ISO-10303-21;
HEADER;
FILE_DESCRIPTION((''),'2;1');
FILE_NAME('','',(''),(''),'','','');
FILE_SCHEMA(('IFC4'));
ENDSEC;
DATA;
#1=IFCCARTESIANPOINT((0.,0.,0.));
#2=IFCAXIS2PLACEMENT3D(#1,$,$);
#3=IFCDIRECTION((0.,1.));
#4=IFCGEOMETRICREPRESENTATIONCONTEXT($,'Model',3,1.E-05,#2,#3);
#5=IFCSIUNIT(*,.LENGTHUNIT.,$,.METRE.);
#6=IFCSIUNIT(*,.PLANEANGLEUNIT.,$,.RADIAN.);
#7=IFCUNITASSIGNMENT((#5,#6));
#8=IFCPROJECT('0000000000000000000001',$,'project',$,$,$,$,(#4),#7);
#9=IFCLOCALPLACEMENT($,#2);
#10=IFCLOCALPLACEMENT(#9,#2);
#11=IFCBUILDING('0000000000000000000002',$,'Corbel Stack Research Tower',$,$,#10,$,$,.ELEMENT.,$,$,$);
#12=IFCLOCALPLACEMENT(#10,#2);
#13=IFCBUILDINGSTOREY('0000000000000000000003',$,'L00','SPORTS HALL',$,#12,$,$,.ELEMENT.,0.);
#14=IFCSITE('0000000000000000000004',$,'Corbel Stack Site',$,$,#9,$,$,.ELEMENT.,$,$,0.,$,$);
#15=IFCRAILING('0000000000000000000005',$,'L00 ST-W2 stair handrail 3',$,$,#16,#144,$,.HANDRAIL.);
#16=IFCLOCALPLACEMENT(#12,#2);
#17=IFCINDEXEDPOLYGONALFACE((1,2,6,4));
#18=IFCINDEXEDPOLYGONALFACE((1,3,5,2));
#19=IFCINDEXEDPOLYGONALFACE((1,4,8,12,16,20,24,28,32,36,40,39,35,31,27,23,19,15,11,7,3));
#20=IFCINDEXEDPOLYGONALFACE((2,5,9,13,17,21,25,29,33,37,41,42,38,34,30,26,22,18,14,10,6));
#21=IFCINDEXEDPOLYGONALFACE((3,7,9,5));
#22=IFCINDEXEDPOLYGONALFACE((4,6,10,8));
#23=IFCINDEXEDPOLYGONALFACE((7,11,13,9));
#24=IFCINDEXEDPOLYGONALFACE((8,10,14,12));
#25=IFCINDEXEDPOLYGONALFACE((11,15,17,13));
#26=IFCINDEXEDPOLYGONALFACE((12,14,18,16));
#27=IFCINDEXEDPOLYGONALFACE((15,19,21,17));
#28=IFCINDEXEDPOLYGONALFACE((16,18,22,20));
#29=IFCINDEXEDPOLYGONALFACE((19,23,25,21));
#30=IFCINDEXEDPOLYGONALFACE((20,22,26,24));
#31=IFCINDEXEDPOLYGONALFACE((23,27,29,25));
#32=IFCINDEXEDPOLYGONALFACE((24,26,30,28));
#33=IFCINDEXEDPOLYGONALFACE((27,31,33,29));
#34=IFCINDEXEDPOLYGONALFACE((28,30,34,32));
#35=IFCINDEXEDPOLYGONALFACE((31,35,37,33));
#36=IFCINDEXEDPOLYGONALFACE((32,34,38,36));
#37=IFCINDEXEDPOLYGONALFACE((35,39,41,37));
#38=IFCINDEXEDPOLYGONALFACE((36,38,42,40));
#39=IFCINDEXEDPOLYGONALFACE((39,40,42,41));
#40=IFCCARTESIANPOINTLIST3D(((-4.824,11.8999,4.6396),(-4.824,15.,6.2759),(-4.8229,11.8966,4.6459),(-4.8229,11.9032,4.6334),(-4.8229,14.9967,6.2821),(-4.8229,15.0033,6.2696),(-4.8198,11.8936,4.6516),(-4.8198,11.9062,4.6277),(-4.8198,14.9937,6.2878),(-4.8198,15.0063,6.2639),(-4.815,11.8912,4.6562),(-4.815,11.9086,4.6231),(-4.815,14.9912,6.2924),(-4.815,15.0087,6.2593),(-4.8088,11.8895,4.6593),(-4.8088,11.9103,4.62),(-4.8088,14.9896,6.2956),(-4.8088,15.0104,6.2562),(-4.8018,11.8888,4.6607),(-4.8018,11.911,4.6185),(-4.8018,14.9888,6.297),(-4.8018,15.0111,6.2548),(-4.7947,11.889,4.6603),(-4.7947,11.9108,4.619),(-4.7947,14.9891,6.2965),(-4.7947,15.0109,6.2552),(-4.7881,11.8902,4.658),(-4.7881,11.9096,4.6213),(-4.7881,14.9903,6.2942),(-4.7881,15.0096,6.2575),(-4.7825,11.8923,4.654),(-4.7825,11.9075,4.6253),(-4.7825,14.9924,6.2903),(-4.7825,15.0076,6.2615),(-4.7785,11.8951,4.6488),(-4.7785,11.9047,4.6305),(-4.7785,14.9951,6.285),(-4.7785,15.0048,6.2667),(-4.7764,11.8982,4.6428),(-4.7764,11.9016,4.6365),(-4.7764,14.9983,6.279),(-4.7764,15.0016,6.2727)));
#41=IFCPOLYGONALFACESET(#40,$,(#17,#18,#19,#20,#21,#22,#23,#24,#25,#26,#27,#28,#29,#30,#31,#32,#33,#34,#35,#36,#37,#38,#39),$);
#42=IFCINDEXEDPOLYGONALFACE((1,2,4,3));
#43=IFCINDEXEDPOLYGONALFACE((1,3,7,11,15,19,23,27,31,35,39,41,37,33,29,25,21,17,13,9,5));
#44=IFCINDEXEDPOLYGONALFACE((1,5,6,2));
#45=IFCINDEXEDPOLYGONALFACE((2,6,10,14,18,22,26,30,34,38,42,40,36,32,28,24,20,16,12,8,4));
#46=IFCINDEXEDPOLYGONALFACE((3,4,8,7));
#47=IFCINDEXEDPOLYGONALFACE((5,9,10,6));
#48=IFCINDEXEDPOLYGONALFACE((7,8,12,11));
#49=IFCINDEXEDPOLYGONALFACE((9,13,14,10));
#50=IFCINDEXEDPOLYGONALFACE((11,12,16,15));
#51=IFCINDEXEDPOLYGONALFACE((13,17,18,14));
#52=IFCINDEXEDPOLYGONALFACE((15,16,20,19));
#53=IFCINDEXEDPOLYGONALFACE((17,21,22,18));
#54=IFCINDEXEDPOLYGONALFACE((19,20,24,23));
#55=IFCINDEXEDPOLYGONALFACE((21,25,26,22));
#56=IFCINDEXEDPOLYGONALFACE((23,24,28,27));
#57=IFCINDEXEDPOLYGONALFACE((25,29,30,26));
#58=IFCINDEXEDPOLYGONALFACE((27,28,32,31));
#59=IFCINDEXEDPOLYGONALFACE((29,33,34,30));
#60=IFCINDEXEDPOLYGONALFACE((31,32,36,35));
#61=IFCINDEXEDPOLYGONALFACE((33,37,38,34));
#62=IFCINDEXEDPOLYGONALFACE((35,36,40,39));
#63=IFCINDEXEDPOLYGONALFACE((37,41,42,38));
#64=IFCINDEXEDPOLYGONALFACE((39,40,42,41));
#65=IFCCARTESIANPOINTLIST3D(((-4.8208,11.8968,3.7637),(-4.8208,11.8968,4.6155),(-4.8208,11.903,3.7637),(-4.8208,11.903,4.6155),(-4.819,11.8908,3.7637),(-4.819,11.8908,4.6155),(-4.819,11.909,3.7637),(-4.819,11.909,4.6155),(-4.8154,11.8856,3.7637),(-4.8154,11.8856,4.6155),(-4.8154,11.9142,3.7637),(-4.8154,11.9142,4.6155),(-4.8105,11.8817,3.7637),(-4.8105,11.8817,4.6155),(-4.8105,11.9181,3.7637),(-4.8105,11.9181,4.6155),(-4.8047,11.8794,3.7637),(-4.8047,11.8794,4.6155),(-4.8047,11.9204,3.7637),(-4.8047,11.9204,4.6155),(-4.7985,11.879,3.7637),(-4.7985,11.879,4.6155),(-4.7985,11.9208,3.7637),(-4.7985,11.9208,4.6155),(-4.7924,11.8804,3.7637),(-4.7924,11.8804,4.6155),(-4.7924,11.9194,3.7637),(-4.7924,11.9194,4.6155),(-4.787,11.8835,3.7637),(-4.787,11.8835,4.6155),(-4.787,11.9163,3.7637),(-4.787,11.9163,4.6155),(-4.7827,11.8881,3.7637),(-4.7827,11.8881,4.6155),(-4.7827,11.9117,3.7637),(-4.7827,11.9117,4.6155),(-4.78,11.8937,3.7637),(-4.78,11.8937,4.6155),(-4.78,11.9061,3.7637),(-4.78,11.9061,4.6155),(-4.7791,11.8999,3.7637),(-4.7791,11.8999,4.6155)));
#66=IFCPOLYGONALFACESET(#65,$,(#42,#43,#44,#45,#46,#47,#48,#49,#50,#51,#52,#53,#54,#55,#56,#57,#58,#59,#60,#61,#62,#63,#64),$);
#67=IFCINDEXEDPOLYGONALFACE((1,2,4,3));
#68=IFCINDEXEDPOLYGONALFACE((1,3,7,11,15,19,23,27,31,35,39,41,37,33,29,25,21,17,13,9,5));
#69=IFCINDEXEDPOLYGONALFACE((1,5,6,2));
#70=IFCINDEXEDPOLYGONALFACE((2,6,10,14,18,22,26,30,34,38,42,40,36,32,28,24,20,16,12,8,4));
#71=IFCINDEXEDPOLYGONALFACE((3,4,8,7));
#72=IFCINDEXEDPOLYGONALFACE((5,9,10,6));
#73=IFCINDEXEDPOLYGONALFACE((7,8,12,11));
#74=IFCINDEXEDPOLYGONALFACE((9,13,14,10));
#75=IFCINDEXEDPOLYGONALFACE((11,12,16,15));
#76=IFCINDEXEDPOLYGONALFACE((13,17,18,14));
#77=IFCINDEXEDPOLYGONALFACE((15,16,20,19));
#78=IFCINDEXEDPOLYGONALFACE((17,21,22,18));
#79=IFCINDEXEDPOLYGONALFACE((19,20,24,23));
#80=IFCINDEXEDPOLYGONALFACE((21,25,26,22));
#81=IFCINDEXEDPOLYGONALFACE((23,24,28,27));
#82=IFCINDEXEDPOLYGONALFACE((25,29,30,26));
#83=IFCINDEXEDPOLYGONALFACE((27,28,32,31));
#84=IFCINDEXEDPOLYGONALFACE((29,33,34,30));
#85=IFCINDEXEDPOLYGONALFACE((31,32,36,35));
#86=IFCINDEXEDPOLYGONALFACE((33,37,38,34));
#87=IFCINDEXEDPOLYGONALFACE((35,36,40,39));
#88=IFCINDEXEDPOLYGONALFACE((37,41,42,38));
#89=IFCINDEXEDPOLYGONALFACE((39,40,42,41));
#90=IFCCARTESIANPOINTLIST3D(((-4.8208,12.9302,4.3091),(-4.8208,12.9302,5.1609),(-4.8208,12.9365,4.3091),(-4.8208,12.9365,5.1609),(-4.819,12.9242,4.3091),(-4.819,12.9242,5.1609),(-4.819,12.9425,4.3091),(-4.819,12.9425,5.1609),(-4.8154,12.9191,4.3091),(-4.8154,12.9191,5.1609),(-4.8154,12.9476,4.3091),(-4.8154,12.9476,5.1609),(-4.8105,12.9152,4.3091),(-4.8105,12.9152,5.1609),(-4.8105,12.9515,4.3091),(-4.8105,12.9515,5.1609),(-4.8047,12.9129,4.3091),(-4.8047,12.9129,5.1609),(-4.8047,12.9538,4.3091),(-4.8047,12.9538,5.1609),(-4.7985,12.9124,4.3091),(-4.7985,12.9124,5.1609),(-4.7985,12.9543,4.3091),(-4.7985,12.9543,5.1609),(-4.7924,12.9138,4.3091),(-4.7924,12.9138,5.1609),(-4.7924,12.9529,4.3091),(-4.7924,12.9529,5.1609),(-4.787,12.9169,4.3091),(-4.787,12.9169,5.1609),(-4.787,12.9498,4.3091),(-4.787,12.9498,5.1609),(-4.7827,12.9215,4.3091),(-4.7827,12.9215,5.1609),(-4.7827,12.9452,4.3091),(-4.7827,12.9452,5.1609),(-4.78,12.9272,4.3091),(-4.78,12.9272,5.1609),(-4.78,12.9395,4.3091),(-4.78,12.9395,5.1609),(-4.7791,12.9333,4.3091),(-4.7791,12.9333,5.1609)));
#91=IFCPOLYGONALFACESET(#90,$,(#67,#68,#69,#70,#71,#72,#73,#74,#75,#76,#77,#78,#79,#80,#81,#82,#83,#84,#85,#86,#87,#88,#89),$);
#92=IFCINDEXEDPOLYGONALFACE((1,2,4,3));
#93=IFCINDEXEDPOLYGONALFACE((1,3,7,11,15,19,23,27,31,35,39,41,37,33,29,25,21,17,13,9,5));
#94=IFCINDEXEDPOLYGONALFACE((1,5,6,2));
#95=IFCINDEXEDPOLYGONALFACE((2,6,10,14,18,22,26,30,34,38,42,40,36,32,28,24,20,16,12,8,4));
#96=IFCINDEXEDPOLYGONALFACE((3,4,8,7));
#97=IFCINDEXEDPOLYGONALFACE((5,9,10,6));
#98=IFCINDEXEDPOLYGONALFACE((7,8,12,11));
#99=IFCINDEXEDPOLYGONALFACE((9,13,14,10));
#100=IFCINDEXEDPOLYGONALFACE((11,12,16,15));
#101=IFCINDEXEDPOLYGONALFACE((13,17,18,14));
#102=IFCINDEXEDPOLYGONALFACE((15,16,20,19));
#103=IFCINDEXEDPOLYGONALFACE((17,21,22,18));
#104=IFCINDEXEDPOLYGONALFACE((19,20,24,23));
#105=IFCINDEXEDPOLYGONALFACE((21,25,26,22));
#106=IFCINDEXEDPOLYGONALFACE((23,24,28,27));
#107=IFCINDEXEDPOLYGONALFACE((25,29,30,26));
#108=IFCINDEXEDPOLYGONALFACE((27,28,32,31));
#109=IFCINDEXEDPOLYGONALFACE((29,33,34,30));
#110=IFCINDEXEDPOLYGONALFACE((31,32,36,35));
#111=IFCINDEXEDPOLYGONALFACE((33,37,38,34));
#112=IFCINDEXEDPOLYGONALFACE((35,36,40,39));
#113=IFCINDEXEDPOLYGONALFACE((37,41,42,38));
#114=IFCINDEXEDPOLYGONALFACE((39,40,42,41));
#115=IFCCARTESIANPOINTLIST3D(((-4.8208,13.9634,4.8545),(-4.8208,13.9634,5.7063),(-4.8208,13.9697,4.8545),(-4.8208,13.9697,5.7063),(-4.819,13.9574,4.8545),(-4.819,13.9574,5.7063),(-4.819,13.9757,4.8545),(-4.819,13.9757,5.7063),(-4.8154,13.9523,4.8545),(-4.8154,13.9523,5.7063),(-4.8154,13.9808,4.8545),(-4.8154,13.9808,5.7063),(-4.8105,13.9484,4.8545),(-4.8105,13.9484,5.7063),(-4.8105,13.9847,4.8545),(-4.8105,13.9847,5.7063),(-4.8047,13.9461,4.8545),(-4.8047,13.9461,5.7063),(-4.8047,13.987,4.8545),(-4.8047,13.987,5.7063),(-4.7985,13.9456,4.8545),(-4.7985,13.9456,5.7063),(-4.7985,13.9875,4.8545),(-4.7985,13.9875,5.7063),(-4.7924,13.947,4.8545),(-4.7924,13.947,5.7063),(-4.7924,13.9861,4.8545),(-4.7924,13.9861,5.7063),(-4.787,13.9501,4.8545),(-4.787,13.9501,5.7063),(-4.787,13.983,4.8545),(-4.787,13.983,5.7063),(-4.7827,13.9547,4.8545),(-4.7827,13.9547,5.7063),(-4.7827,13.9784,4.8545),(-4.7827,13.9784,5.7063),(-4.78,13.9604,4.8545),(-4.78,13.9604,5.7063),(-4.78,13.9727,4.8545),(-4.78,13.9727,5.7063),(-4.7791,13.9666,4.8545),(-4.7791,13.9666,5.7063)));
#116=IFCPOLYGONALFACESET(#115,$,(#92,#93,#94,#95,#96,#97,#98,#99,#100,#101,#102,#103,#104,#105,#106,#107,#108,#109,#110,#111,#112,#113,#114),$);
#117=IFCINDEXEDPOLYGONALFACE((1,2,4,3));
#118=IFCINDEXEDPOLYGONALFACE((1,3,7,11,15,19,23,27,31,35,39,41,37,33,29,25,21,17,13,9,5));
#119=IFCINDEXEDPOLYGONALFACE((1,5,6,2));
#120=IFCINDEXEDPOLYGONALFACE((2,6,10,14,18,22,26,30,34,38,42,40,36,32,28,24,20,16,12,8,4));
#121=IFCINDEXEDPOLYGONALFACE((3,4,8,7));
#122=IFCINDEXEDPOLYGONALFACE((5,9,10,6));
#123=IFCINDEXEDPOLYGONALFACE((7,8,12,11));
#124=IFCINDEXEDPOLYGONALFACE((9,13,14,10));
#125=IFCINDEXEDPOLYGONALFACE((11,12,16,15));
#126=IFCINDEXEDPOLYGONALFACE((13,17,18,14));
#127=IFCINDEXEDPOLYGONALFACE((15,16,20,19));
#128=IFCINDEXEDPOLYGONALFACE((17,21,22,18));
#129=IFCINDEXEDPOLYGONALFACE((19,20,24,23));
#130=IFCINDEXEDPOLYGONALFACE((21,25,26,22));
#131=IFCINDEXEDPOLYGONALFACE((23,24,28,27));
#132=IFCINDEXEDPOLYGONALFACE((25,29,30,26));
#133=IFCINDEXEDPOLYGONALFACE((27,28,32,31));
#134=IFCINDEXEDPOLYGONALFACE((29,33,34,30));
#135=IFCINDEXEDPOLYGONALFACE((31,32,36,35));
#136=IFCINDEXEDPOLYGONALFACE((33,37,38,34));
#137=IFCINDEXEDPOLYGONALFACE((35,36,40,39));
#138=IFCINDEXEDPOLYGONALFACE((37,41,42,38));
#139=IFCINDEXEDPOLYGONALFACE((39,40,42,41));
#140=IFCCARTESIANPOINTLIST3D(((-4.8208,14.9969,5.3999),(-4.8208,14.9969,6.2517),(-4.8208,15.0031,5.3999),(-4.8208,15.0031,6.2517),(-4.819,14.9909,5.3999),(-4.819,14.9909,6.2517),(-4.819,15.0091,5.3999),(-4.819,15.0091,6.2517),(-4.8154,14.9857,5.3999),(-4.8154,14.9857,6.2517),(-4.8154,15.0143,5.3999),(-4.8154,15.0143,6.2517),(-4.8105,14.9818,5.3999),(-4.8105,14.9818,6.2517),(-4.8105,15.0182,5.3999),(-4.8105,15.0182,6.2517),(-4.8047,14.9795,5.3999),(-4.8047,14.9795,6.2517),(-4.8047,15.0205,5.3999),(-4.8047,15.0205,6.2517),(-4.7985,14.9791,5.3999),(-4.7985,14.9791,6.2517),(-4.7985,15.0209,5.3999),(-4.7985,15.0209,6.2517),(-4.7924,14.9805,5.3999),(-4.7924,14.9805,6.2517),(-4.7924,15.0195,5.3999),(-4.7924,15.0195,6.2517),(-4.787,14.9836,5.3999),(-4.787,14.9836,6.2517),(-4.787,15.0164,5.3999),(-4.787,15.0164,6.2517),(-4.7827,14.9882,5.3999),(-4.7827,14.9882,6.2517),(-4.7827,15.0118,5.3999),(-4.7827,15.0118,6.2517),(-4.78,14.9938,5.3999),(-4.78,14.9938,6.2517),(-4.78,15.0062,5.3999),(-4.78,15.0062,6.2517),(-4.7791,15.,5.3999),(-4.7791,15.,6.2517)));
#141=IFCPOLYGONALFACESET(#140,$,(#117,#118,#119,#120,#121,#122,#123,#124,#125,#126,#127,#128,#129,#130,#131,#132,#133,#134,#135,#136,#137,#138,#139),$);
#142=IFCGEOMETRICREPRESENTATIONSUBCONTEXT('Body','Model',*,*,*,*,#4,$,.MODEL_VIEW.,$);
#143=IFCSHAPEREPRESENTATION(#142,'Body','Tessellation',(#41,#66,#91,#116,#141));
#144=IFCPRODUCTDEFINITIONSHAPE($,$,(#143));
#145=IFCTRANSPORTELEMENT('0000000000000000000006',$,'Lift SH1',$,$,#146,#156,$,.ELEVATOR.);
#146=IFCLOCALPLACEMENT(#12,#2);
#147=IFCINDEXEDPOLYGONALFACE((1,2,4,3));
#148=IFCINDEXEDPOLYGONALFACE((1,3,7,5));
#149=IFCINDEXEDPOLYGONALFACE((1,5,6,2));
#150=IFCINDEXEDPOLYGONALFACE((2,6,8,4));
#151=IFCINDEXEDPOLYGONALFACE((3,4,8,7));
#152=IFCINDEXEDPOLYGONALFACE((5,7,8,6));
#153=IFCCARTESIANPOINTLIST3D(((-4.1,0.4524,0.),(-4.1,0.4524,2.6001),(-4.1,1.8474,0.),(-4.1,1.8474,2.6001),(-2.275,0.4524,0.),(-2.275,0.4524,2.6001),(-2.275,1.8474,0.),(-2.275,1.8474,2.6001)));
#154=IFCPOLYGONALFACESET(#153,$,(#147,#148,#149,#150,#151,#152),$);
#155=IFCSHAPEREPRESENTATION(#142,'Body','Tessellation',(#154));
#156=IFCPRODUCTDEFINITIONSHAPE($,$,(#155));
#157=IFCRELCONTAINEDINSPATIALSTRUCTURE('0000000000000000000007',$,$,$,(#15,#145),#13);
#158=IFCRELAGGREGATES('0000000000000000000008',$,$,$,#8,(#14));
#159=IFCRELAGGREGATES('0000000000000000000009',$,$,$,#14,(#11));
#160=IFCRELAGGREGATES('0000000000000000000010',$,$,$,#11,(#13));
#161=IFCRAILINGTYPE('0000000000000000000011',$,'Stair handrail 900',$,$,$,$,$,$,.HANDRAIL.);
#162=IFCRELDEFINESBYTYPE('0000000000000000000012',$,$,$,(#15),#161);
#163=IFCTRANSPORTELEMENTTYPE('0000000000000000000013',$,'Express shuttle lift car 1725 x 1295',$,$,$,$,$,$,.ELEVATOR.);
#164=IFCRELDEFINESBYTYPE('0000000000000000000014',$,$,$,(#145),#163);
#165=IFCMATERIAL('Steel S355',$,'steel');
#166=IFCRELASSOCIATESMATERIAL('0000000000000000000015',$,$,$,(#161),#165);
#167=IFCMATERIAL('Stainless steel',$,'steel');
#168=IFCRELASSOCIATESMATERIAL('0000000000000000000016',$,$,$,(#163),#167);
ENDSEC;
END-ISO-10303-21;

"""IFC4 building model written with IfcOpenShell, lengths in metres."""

from ifc_helpers import new_model, si_unit, direction, frame, origin, origin_2d, place, context, subcontext, project, spatial, rectangle, circle, extrude, material, type_object, element, save


model = new_model("IFC4")

# Units and contexts
model_context = context("Model", 3, precision=1e-05, world=origin(), true_north=direction((0.0, 1.0)))
body_context = subcontext(model_context, "Body", "Model", "MODEL_VIEW")
ifc_project = project(units=[si_unit("LENGTHUNIT", "METRE"), si_unit("PLANEANGLEUNIT", "RADIAN")], contexts=[model_context])

# Site, building, storey
site_placement = place(None, origin())
site = spatial("IfcSite", under=ifc_project, at=site_placement, Name="Corbel Stack Site", CompositionType="ELEMENT", RefElevation=0.0)
building_placement = place(site_placement, origin())
building = spatial("IfcBuilding", under=site, at=building_placement, Name="Corbel Stack Research Tower", CompositionType="ELEMENT")
storey_placement = place(building_placement, origin())
storey = spatial("IfcBuildingStorey", under=building, at=storey_placement, Name="L00", Description="SPORTS HALL", CompositionType="ELEMENT", Elevation=0.0)

# Railing
ifc_material_1 = material(Name="Steel S355", Category="steel")
railing_type_1 = type_object("IfcRailingType", Name="Stair handrail 900", PredefinedType="HANDRAIL", material=ifc_material_1)
railing_1_placement = place(storey_placement, frame((-4.8, 11.8999, 3.7637)))
element("IfcRailing", 1, at=railing_1_placement, inside=storey, type_object=railing_type_1, Name="L00 ST-W2 stair handrail 3", PredefinedType="HANDRAIL", context=body_context, shape_type="SweptSolid", body=[
    extrude(circle(Radius=0.0239, at=origin_2d()), frame((0.0, 0.0, 0.876), z_axis=(0.0, 0.884377, 0.466774), x_axis=(-1.0, 0.0, 0.0)), (0.0, 0.0, 1.0), 3.5054),
    extrude(circle(Radius=0.021, at=origin_2d()), origin(), (0.0, 0.0, 1.0), 0.8518),
    extrude(circle(Radius=0.021, at=origin_2d()), frame((0.0, 1.0334, 0.5454)), (0.0, 0.0, 1.0), 0.8518),
    extrude(circle(Radius=0.021, at=origin_2d()), frame((0.0, 2.0667, 1.0908)), (0.0, 0.0, 1.0), 0.8518),
    extrude(circle(Radius=0.021, at=origin_2d()), frame((0.0, 3.1001, 1.6362)), (0.0, 0.0, 1.0), 0.8518),
])

# Transport element
ifc_material_2 = material(Name="Stainless steel", Category="steel")
transport_element_type = type_object("IfcTransportElementType", Name="Express shuttle lift car 1725 x 1295", PredefinedType="ELEVATOR", material=ifc_material_2)
transport_element_placement = place(storey_placement, frame((-3.1875, 1.1499, 0.0), z_axis=(0.0, 0.0, 1.0), x_axis=(1.0, 0.0, 0.0)))
element("IfcTransportElement", 2, at=transport_element_placement, inside=storey, type_object=transport_element_type, Name="Lift SH1", PredefinedType="ELEVATOR", context=body_context, shape_type="SweptSolid", body=[
    extrude(rectangle(XDim=1.825, YDim=1.395, at=origin_2d()), origin(), (0.0, 0.0, 1.0), 2.6001),
])

save(model, "model.ifc")
